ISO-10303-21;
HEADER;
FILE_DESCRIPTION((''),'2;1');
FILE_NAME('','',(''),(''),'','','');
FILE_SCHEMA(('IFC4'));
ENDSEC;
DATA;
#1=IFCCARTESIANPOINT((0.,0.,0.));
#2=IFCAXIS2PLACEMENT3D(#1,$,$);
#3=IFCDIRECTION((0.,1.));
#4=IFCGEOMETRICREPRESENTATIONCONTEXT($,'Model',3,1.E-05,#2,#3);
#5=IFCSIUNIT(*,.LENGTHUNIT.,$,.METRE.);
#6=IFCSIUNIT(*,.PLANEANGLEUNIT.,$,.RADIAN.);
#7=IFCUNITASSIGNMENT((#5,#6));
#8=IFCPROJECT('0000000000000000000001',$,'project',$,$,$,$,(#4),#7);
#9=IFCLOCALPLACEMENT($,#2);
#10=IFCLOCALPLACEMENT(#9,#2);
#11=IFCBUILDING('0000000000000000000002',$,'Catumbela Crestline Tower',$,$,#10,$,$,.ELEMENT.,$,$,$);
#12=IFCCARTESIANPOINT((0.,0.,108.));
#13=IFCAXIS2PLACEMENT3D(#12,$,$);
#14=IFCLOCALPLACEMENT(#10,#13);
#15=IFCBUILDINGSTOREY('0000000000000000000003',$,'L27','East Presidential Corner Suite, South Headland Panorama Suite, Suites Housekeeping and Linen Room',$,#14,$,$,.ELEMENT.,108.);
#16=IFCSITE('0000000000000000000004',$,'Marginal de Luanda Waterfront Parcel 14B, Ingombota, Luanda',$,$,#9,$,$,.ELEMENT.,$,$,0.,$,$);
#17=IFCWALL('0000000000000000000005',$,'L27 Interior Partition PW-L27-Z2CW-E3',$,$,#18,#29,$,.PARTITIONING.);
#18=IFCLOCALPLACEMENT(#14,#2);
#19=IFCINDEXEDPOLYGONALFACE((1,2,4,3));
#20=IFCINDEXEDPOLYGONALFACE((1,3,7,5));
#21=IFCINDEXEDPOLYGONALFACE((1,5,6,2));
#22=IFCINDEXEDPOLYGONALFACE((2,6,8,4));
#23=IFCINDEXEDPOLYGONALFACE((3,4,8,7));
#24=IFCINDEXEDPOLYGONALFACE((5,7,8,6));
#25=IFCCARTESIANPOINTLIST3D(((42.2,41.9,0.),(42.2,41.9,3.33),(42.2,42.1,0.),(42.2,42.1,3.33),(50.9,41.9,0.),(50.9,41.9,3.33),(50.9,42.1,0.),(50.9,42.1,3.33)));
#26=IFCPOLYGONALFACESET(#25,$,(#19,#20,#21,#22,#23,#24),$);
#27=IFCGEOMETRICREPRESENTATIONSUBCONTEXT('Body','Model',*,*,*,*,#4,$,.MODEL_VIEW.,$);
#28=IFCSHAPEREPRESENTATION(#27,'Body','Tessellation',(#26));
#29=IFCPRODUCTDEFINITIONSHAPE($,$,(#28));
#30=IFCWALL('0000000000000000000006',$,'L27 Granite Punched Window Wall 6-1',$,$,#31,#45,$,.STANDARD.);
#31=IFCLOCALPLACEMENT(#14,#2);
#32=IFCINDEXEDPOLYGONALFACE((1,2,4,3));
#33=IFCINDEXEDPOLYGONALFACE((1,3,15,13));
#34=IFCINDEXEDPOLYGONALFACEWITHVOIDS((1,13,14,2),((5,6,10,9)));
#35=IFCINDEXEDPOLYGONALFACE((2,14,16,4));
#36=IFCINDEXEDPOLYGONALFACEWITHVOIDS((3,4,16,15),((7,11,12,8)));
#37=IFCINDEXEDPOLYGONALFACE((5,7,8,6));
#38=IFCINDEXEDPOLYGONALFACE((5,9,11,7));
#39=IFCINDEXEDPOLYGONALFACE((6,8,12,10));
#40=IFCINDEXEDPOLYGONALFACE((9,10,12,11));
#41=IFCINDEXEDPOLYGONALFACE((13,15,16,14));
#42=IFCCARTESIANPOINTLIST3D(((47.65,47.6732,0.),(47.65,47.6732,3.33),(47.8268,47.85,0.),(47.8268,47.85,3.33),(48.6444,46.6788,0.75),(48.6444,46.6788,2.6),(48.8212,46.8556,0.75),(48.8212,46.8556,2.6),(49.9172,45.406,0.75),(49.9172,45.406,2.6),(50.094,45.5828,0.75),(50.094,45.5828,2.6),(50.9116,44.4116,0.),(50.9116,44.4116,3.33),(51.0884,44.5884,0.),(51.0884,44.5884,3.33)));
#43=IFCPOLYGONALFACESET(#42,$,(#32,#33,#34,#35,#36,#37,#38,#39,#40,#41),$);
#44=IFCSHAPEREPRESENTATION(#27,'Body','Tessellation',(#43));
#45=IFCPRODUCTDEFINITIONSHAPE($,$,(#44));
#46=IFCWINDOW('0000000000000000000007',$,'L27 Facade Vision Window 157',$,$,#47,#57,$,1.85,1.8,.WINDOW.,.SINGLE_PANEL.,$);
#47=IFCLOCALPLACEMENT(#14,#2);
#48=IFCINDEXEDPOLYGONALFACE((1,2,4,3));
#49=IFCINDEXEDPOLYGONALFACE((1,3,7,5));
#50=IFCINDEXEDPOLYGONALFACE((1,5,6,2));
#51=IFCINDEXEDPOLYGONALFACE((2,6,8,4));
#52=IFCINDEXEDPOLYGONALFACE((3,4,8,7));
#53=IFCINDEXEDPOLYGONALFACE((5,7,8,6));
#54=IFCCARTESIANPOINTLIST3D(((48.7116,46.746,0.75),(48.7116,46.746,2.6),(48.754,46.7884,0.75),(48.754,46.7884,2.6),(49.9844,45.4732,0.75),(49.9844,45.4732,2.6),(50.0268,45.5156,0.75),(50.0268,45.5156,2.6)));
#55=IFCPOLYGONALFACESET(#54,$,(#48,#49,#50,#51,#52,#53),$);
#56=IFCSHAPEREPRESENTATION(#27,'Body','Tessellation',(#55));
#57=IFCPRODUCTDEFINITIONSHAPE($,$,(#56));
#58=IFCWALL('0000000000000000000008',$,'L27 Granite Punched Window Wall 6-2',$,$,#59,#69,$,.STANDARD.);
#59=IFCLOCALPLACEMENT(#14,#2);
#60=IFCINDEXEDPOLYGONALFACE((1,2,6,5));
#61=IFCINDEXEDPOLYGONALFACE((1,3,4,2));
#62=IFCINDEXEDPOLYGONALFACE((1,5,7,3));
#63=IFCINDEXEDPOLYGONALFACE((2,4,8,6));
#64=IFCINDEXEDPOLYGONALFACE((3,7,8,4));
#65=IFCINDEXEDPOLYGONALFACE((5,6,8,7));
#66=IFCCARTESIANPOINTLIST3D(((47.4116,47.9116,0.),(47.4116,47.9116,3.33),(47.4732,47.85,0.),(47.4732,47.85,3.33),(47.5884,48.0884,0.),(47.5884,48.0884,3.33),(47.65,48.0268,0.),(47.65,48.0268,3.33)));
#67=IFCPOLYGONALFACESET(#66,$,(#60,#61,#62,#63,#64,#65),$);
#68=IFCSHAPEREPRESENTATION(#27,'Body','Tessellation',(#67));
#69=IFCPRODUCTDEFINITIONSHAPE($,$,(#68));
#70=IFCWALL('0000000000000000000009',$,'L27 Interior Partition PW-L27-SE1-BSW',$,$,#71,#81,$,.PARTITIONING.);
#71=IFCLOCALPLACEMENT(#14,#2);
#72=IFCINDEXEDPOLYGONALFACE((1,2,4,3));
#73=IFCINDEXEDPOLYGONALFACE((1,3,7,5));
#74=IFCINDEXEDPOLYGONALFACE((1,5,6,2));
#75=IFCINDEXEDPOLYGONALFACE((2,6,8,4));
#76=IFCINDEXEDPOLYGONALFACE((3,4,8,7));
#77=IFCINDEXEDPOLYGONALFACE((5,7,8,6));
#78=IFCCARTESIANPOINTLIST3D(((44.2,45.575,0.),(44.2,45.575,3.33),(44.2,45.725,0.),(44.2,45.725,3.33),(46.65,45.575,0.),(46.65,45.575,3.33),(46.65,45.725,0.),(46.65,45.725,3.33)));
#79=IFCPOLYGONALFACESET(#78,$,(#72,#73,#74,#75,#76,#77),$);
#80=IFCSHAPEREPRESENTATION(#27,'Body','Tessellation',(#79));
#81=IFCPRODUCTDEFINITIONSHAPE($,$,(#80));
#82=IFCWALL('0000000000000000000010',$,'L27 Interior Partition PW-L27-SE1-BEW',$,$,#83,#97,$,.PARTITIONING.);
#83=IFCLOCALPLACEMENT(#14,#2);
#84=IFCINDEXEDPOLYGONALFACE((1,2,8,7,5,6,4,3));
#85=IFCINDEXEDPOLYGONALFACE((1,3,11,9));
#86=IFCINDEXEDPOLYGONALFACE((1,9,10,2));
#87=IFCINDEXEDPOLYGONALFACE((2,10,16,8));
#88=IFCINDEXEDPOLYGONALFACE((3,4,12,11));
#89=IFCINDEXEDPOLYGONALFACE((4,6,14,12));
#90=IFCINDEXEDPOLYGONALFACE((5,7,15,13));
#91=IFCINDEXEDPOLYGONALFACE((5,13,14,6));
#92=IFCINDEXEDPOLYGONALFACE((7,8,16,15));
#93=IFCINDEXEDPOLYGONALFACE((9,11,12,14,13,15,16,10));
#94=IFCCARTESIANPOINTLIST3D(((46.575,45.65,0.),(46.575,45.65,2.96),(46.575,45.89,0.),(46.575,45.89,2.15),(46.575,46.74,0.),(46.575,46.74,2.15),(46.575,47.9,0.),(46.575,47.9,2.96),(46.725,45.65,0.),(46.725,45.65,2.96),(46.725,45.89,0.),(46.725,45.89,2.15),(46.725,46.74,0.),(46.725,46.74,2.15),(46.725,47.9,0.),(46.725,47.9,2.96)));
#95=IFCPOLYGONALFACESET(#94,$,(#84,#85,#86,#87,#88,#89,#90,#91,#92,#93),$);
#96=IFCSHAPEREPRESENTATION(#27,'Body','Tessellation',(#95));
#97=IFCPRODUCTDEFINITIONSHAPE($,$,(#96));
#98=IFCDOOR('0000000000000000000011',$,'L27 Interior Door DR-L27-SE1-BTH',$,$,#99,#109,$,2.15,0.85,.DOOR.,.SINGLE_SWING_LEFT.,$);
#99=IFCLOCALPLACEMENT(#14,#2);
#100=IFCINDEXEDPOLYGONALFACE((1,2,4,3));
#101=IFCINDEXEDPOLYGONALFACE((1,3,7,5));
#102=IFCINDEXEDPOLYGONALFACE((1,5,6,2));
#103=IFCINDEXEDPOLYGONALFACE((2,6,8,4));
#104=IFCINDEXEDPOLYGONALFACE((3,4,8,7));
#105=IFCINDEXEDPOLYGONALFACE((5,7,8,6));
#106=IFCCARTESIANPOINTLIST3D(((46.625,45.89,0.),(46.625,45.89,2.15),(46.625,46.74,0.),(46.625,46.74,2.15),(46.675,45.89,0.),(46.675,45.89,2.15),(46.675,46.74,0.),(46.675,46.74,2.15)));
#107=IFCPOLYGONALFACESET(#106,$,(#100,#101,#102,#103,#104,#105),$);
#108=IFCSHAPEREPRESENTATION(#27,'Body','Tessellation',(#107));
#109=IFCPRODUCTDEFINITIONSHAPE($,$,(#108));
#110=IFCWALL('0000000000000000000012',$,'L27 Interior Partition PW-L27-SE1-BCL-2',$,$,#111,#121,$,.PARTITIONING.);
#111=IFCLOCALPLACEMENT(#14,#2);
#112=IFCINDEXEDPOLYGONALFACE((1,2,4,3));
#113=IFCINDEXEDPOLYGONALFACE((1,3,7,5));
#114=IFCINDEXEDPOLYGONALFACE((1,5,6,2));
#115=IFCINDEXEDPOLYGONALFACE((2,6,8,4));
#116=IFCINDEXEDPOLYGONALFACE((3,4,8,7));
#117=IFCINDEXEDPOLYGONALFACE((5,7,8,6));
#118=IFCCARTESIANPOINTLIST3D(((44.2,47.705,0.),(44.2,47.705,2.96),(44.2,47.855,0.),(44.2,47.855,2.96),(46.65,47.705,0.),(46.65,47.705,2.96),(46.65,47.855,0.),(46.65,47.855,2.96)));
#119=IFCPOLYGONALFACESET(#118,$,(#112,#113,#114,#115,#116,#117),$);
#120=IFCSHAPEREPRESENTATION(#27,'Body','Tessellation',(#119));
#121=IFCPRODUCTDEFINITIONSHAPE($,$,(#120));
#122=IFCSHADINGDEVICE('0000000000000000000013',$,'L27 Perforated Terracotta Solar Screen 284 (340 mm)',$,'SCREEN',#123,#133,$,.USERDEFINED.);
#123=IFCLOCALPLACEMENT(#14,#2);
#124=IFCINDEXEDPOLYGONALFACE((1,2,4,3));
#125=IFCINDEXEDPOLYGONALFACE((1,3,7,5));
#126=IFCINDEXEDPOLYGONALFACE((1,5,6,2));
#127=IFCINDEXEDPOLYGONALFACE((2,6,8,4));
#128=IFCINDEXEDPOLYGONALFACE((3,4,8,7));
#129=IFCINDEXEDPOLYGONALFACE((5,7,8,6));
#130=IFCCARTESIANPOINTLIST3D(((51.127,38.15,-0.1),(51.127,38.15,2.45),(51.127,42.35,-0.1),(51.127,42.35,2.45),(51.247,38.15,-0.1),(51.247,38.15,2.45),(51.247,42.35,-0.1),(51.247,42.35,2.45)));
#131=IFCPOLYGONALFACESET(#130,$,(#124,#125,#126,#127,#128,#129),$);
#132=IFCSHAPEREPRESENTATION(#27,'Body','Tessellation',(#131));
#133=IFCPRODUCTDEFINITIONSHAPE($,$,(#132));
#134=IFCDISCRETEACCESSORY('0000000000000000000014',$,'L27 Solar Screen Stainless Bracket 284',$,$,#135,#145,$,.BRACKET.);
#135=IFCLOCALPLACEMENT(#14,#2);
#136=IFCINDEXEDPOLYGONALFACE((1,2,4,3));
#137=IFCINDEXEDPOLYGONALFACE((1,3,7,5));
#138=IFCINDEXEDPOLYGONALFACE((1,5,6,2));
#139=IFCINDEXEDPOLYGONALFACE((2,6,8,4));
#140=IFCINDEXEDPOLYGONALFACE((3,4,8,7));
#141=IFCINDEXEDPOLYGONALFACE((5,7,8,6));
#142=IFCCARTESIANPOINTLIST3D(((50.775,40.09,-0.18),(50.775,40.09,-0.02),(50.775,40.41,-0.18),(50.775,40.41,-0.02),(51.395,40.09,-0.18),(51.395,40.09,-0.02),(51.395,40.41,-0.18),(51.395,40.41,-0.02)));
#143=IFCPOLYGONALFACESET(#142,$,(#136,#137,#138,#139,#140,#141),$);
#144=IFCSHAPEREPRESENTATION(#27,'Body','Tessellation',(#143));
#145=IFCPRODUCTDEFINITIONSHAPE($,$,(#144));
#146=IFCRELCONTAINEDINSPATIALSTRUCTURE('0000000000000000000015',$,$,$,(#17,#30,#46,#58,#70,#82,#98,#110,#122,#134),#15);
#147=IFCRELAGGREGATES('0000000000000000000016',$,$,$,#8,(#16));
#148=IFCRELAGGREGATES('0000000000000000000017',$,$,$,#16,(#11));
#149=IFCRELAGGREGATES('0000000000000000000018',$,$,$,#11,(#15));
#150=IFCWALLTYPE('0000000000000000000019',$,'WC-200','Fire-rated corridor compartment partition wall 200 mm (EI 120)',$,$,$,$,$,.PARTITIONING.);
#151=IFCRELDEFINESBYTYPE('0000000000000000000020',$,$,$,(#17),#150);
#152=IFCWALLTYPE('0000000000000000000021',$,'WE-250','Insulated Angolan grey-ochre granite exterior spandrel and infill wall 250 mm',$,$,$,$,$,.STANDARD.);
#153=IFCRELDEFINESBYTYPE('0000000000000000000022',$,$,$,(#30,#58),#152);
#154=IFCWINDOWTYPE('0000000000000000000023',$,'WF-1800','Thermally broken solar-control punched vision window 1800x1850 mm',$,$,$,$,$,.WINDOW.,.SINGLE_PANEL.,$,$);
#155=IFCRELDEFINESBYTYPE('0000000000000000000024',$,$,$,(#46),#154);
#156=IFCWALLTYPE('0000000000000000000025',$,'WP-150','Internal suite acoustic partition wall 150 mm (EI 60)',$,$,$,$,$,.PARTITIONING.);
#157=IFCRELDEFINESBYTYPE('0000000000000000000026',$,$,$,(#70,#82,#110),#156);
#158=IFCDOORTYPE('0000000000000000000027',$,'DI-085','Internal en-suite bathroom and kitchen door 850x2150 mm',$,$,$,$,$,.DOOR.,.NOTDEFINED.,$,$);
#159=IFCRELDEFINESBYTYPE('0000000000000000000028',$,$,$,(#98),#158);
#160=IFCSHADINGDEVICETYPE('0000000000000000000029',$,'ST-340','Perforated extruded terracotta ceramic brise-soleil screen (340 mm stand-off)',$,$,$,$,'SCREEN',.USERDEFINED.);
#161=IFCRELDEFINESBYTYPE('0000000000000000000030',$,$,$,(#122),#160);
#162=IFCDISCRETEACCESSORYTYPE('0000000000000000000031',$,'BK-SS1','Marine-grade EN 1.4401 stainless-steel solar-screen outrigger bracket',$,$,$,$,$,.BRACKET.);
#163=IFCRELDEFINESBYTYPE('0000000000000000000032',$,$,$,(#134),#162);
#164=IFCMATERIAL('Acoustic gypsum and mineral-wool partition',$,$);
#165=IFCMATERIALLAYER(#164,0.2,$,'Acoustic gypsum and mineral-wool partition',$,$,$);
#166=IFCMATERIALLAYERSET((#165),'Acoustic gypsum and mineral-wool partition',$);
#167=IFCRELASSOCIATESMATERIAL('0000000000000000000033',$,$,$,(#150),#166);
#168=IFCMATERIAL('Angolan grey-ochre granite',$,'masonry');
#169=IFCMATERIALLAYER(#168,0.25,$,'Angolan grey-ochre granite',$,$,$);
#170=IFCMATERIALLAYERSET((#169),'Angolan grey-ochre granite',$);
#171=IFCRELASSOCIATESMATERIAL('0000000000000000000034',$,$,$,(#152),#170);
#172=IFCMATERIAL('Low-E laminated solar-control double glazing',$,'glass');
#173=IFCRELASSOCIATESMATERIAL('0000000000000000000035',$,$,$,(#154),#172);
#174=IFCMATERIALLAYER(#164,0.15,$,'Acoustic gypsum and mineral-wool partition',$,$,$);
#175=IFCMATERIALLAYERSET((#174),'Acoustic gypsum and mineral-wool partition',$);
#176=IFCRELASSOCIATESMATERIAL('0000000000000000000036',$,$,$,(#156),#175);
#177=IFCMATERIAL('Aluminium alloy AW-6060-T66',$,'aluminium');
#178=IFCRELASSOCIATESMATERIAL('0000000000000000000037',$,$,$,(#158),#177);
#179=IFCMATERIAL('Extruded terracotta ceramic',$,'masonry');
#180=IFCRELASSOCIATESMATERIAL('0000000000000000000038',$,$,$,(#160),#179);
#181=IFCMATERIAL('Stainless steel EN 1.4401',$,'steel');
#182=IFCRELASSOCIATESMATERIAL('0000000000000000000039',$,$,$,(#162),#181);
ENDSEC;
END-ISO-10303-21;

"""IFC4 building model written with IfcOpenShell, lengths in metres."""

from ifc_helpers import new_model, si_unit, direction, frame, frame_2d, origin, origin_2d, place, context, subcontext, project, spatial, rectangle, extrude, material, layer, layer_set, type_object, element, fill, save


model = new_model("IFC4")

# Units and contexts
model_context = context("Model", 3, precision=1e-05, world=origin(), true_north=direction((0.0, 1.0)))
body_context = subcontext(model_context, "Body", "Model", "MODEL_VIEW")
ifc_project = project(units=[si_unit("LENGTHUNIT", "METRE"), si_unit("PLANEANGLEUNIT", "RADIAN")], contexts=[model_context])

# Site, building, storey
site_placement = place(None, origin())
site = spatial("IfcSite", under=ifc_project, at=site_placement, Name="Marginal de Luanda Waterfront Parcel 14B, Ingombota, Luanda", CompositionType="ELEMENT", RefElevation=0.0)
building_placement = place(site_placement, origin())
building = spatial("IfcBuilding", under=site, at=building_placement, Name="Catumbela Crestline Tower", CompositionType="ELEMENT")
storey_placement = place(building_placement, frame((0.0, 0.0, 108.0)))
storey = spatial("IfcBuildingStorey", under=building, at=storey_placement, Name="L27", Description="East Presidential Corner Suite, South Headland Panorama Suite, Suites Housekeeping and Linen Room", CompositionType="ELEMENT", Elevation=108.0)

# Shared definitions
ifc_material_1 = material(Name="Aluminium alloy AW-6060-T66", Category="aluminium")

# Shared definitions
ifc_material_2 = material(Name="Low-E laminated solar-control double glazing", Category="glass")

# Wall
ifc_material_3 = material(Name="Acoustic gypsum and mineral-wool partition")
ifc_layer_1 = layer(ifc_material_3, 0.2, Name="Acoustic gypsum and mineral-wool partition")
ifc_layer_set_1 = layer_set([ifc_layer_1], Name="Acoustic gypsum and mineral-wool partition")
wall_type_1 = type_object("IfcWallType", Name="WC-200", Description="Fire-rated corridor compartment partition wall 200 mm (EI 120)", PredefinedType="PARTITIONING", material=ifc_layer_set_1)
wall_1_placement = place(storey_placement, frame((42.2, 42.0, 0.0), z_axis=(0.0, 0.0, 1.0), x_axis=(1.0, 0.0, 0.0)))
element("IfcWall", 1, at=wall_1_placement, inside=storey, type_object=wall_type_1, Name="L27 Interior Partition PW-L27-Z2CW-E3", PredefinedType="PARTITIONING", context=body_context, shape_type="SweptSolid", body=[
    extrude(rectangle(XDim=8.7, YDim=0.2, at=frame_2d((4.35, 0.0))), origin(), (0.0, 0.0, 1.0), 3.33),
])

# Wall, opening, window
ifc_material_4 = material(Name="Angolan grey-ochre granite", Category="masonry")
ifc_layer_2 = layer(ifc_material_4, 0.25, Name="Angolan grey-ochre granite")
ifc_layer_set_2 = layer_set([ifc_layer_2], Name="Angolan grey-ochre granite")
wall_type_2 = type_object("IfcWallType", Name="WE-250", Description="Insulated Angolan grey-ochre granite exterior spandrel and infill wall 250 mm", PredefinedType="STANDARD", material=ifc_layer_set_2)
wall_2_placement = place(storey_placement, frame((51.0, 44.5, 0.0), z_axis=(0.0, 0.0, 1.0), x_axis=(-0.707107, 0.707107, 0.0)))
wall_2 = element("IfcWall", 2, at=wall_2_placement, inside=storey, type_object=wall_type_2, Name="L27 Granite Punched Window Wall 6-1", PredefinedType="STANDARD", context=body_context, shape_type="SweptSolid", body=[
    extrude(rectangle(XDim=4.6126, YDim=0.25, at=frame_2d((2.3063, 0.0))), origin(), (0.0, 0.0, 1.0), 3.33),
])
opening_1_placement = place(wall_2_placement, frame((1.4063, 0.0, 0.75)))
opening_1 = element("IfcOpeningElement", 3, at=opening_1_placement, cuts=wall_2, PredefinedType="OPENING", context=body_context, shape_type="SweptSolid", body=[
    extrude(rectangle(XDim=1.8, YDim=1.85, at=frame_2d((0.9, 0.925))), frame((0.0, 0.135, 0.0), z_axis=(0.0, -1.0, 0.0), x_axis=(1.0, 0.0, 0.0)), (0.0, 0.0, 1.0), 0.27),
])
window_type = type_object("IfcWindowType", Name="WF-1800", Description="Thermally broken solar-control punched vision window 1800x1850 mm", PartitioningType="SINGLE_PANEL", PredefinedType="WINDOW", material=ifc_material_2)
window_placement = place(opening_1_placement, origin())
window = element("IfcWindow", 4, at=window_placement, inside=storey, type_object=window_type, Name="L27 Facade Vision Window 157", OverallHeight=1.85, OverallWidth=1.8, PartitioningType="SINGLE_PANEL", PredefinedType="WINDOW", context=body_context, shape_type="SweptSolid", body=[
    extrude(rectangle(XDim=1.8, YDim=1.85, at=frame_2d((0.9, 0.925))), frame((0.0, 0.03, 0.0), z_axis=(0.0, -1.0, 0.0), x_axis=(1.0, 0.0, 0.0)), (0.0, 0.0, 1.0), 0.06),
])
fill(opening_1, window)

# Walls
wall_3_placement = place(storey_placement, frame((47.5616, 47.9384, 0.0), z_axis=(0.0, 0.0, 1.0), x_axis=(-0.707107, 0.707107, 0.0)))
element("IfcWall", 5, at=wall_3_placement, inside=storey, type_object=wall_type_2, Name="L27 Granite Punched Window Wall 6-2", PredefinedType="STANDARD", context=body_context, shape_type="SweptSolid", body=[
    extrude(rectangle(XDim=0.0871, YDim=0.25, at=frame_2d((0.0436, 0.0))), origin(), (0.0, 0.0, 1.0), 3.33),
])
ifc_layer_3 = layer(ifc_material_3, 0.15, Name="Acoustic gypsum and mineral-wool partition")
ifc_layer_set_3 = layer_set([ifc_layer_3], Name="Acoustic gypsum and mineral-wool partition")
wall_type_3 = type_object("IfcWallType", Name="WP-150", Description="Internal suite acoustic partition wall 150 mm (EI 60)", PredefinedType="PARTITIONING", material=ifc_layer_set_3)
wall_4_placement = place(storey_placement, frame((44.2, 45.65, 0.0), z_axis=(0.0, 0.0, 1.0), x_axis=(1.0, 0.0, 0.0)))
element("IfcWall", 6, at=wall_4_placement, inside=storey, type_object=wall_type_3, Name="L27 Interior Partition PW-L27-SE1-BSW", PredefinedType="PARTITIONING", context=body_context, shape_type="SweptSolid", body=[
    extrude(rectangle(XDim=2.45, YDim=0.15, at=frame_2d((1.225, 0.0))), origin(), (0.0, 0.0, 1.0), 3.33),
])

# Wall, opening, door
wall_5_placement = place(storey_placement, frame((46.65, 45.65, 0.0), z_axis=(0.0, 0.0, 1.0), x_axis=(0.0, 1.0, 0.0)))
wall_5 = element("IfcWall", 7, at=wall_5_placement, inside=storey, type_object=wall_type_3, Name="L27 Interior Partition PW-L27-SE1-BEW", PredefinedType="PARTITIONING", context=body_context, shape_type="SweptSolid", body=[
    extrude(rectangle(XDim=2.25, YDim=0.15, at=frame_2d((1.125, 0.0))), origin(), (0.0, 0.0, 1.0), 2.96),
])
opening_2_placement = place(wall_5_placement, frame((0.24, 0.0, 0.0)))
opening_2 = element("IfcOpeningElement", 8, at=opening_2_placement, cuts=wall_5, PredefinedType="OPENING", context=body_context, shape_type="SweptSolid", body=[
    extrude(rectangle(XDim=0.85, YDim=2.15, at=frame_2d((0.425, 1.075))), frame((0.0, 0.085, 0.0), z_axis=(0.0, -1.0, 0.0), x_axis=(1.0, 0.0, 0.0)), (0.0, 0.0, 1.0), 0.17),
])
door_type = type_object("IfcDoorType", Name="DI-085", Description="Internal en-suite bathroom and kitchen door 850x2150 mm", OperationType="NOTDEFINED", PredefinedType="DOOR", material=ifc_material_1)
door_placement = place(opening_2_placement, origin())
door = element("IfcDoor", 9, at=door_placement, inside=storey, type_object=door_type, Name="L27 Interior Door DR-L27-SE1-BTH", OperationType="SINGLE_SWING_LEFT", OverallHeight=2.15, OverallWidth=0.85, PredefinedType="DOOR", context=body_context, shape_type="SweptSolid", body=[
    extrude(rectangle(XDim=0.85, YDim=2.15, at=frame_2d((0.425, 1.075))), frame((0.0, 0.025, 0.0), z_axis=(0.0, -1.0, 0.0), x_axis=(1.0, 0.0, 0.0)), (0.0, 0.0, 1.0), 0.05),
])
fill(opening_2, door)

# Wall
wall_6_placement = place(storey_placement, frame((44.2, 47.78, 0.0), z_axis=(0.0, 0.0, 1.0), x_axis=(1.0, 0.0, 0.0)))
element("IfcWall", 10, at=wall_6_placement, inside=storey, type_object=wall_type_3, Name="L27 Interior Partition PW-L27-SE1-BCL-2", PredefinedType="PARTITIONING", context=body_context, shape_type="SweptSolid", body=[
    extrude(rectangle(XDim=2.45, YDim=0.15, at=frame_2d((1.225, 0.0))), origin(), (0.0, 0.0, 1.0), 2.96),
])

# Shading device
ifc_material_5 = material(Name="Extruded terracotta ceramic", Category="masonry")
shading_device_type = type_object("IfcShadingDeviceType", Name="ST-340", Description="Perforated extruded terracotta ceramic brise-soleil screen (340 mm stand-off)", ElementType="SCREEN", PredefinedType="USERDEFINED", material=ifc_material_5)
shading_device_placement = place(storey_placement, frame((51.187, 40.25, -0.1), z_axis=(0.0, 0.0, 1.0), x_axis=(0.0, 1.0, 0.0)))
element("IfcShadingDevice", 11, at=shading_device_placement, inside=storey, type_object=shading_device_type, Name="L27 Perforated Terracotta Solar Screen 284 (340 mm)", ObjectType="SCREEN", PredefinedType="USERDEFINED", context=body_context, shape_type="SweptSolid", body=[
    extrude(rectangle(XDim=4.2, YDim=0.12, at=origin_2d()), origin(), (0.0, 0.0, 1.0), 2.55),
])

# Discrete accessory
ifc_material_6 = material(Name="Stainless steel EN 1.4401", Category="steel")
discrete_accessory_type = type_object("IfcDiscreteAccessoryType", Name="BK-SS1", Description="Marine-grade EN 1.4401 stainless-steel solar-screen outrigger bracket", PredefinedType="BRACKET", material=ifc_material_6)
discrete_accessory_placement = place(storey_placement, frame((51.085, 40.25, -0.18), z_axis=(0.0, 0.0, 1.0), x_axis=(0.0, 1.0, 0.0)))
element("IfcDiscreteAccessory", 12, at=discrete_accessory_placement, inside=storey, type_object=discrete_accessory_type, Name="L27 Solar Screen Stainless Bracket 284", PredefinedType="BRACKET", context=body_context, shape_type="SweptSolid", body=[
    extrude(rectangle(XDim=0.32, YDim=0.62, at=origin_2d()), origin(), (0.0, 0.0, 1.0), 0.16),
])

save(model, "model.ifc")
